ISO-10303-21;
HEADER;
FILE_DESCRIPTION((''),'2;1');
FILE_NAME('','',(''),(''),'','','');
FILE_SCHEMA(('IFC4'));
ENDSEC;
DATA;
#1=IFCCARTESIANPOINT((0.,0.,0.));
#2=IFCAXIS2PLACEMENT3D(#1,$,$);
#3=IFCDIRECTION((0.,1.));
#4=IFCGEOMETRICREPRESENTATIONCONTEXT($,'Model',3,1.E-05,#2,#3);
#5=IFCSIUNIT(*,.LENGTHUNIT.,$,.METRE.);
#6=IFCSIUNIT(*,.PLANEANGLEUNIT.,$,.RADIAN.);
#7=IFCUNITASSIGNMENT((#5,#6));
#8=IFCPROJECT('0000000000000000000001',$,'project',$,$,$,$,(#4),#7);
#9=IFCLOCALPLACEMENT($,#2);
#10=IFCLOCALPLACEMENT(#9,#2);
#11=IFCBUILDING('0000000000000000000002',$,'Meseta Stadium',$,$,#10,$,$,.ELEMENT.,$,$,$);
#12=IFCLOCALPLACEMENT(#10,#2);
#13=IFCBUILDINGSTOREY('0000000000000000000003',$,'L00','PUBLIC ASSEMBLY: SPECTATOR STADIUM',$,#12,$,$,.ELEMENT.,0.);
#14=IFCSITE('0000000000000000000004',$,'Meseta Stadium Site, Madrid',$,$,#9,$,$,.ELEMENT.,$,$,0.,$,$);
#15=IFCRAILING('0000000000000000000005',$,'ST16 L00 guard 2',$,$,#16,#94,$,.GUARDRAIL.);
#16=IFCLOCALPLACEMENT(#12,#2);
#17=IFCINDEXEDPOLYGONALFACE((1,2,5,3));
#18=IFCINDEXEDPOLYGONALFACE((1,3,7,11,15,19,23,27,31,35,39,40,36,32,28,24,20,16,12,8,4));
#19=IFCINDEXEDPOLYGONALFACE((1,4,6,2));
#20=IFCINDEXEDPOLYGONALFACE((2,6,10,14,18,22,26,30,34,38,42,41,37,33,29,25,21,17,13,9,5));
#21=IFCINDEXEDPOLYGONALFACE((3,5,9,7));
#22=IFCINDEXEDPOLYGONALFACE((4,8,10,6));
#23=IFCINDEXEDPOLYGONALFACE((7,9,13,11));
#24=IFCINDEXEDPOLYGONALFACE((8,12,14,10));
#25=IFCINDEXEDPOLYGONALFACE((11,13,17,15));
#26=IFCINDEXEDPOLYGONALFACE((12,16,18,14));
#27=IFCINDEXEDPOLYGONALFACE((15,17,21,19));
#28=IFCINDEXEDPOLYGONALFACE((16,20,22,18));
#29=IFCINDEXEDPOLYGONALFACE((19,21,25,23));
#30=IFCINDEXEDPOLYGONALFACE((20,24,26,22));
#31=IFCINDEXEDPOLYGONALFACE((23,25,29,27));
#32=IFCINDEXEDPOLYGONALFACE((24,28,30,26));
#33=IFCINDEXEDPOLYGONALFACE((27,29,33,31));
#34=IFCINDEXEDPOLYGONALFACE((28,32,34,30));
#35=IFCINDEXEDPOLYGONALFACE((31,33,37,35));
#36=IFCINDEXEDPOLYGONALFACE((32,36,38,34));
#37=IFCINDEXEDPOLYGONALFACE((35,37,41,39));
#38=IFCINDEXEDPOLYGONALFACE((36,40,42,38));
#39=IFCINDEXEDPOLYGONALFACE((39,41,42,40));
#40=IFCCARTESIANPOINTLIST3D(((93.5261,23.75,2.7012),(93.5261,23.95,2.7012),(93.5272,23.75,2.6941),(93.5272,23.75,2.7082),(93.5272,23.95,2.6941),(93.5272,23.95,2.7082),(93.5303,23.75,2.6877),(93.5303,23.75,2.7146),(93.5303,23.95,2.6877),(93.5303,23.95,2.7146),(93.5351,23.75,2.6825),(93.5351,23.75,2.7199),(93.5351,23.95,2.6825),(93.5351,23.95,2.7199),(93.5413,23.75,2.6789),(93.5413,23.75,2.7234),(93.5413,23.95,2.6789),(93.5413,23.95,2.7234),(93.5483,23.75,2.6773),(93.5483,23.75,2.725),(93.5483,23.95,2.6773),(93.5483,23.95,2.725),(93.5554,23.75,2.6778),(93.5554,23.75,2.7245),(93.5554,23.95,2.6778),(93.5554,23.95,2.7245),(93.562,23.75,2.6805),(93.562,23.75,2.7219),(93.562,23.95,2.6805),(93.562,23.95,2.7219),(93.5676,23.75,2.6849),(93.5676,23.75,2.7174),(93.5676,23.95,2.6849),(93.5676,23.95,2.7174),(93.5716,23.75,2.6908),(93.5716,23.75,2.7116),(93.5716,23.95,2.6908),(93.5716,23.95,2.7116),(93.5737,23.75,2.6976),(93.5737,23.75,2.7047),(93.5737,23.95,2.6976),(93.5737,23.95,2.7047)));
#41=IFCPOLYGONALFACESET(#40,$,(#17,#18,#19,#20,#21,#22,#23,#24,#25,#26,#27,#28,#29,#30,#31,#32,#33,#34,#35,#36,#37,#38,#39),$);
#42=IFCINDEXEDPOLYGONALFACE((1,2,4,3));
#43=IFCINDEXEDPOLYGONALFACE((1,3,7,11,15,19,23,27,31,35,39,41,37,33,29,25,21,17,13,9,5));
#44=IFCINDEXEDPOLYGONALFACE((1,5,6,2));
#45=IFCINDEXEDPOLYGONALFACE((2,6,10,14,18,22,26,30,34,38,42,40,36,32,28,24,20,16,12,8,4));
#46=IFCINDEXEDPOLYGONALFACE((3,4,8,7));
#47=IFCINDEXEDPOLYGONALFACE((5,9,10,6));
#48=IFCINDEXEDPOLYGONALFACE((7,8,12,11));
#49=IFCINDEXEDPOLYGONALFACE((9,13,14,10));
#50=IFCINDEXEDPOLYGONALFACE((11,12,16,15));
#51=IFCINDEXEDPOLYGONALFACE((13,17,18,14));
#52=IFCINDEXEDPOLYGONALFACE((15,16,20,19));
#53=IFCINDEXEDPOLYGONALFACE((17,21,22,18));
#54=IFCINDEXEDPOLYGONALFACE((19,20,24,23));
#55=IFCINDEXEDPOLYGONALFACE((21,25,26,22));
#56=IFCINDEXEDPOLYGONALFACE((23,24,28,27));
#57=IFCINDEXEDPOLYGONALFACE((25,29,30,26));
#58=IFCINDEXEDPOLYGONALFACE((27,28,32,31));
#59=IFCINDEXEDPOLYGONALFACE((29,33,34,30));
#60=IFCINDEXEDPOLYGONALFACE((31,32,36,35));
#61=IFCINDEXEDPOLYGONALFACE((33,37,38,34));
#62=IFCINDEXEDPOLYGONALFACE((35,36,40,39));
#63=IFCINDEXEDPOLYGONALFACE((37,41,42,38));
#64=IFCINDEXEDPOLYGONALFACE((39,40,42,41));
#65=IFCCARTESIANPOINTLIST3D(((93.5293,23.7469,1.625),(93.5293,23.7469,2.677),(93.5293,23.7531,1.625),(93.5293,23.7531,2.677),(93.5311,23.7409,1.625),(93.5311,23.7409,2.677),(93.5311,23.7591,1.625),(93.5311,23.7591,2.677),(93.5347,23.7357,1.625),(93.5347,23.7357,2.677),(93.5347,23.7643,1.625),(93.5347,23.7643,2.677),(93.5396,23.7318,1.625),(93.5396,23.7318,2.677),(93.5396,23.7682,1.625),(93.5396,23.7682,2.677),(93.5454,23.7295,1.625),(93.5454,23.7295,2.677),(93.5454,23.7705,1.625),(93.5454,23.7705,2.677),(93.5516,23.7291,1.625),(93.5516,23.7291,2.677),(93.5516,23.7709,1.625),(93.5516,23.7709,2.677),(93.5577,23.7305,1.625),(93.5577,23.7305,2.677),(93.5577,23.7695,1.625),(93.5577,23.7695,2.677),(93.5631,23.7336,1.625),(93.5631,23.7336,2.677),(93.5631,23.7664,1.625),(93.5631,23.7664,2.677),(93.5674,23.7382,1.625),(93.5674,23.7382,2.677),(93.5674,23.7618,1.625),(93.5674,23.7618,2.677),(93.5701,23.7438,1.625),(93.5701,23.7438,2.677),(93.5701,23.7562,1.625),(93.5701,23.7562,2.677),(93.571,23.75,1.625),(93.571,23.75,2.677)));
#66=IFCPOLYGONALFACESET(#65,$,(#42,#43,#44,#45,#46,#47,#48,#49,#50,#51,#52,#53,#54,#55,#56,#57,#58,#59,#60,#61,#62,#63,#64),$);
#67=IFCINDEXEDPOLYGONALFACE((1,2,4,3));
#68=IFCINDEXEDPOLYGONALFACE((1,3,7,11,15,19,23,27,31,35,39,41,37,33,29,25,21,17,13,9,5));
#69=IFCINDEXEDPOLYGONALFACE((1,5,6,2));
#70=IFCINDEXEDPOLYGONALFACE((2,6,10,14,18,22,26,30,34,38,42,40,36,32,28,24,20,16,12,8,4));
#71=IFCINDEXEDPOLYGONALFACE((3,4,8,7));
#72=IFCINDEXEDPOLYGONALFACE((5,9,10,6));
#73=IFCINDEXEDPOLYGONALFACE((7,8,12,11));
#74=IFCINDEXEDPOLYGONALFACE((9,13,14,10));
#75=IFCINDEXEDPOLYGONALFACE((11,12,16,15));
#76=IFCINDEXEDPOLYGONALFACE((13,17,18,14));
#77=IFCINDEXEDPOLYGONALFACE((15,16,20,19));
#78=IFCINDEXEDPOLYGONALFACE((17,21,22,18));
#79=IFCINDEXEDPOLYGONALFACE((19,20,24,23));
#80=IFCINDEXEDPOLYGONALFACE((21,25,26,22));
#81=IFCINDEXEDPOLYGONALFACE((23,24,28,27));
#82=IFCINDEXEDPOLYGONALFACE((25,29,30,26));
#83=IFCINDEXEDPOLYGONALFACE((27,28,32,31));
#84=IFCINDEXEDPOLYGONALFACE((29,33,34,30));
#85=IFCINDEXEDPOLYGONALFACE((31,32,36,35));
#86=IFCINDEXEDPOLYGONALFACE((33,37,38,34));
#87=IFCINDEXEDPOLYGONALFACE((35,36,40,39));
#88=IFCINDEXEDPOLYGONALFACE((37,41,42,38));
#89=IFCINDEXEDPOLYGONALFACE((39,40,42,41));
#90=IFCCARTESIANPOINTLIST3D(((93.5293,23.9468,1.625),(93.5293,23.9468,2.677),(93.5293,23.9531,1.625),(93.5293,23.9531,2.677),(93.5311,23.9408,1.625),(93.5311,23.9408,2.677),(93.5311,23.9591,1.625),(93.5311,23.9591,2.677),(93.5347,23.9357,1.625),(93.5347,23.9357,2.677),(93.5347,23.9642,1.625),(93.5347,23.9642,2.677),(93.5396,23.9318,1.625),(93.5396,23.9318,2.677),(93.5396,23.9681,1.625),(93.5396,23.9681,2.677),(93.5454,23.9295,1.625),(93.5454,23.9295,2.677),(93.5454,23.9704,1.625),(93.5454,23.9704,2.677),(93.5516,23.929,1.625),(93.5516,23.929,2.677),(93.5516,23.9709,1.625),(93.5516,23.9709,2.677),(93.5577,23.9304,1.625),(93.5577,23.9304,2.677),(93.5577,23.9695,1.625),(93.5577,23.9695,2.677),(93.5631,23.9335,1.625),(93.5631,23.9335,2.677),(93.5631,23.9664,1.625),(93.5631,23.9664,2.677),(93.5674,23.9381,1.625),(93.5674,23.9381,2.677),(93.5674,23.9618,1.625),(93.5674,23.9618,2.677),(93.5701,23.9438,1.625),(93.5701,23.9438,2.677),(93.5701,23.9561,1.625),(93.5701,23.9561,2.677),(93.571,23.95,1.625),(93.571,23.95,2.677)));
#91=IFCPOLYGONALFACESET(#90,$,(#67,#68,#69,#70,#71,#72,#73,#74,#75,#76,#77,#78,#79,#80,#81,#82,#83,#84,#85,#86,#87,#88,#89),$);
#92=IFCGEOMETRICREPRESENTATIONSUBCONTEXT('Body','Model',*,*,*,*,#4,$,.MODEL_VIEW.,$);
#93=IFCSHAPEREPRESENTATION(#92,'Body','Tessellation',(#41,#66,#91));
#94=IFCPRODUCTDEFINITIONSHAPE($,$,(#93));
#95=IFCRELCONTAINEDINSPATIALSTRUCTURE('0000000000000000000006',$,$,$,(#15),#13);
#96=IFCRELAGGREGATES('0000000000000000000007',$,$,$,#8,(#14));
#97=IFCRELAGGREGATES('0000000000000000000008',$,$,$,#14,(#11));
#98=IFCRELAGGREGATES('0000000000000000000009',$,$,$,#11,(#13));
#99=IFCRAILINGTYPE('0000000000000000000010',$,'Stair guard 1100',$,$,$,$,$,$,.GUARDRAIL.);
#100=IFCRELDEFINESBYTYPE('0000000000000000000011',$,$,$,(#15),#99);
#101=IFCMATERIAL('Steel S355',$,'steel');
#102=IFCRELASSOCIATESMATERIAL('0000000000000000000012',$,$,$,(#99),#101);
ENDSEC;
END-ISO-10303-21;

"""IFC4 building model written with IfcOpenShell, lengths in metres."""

from ifc_helpers import new_model, si_unit, direction, frame, origin, origin_2d, place, context, subcontext, project, spatial, circle, extrude, material, type_object, element, save


model = new_model("IFC4")

# Units and contexts
model_context = context("Model", 3, precision=1e-05, world=origin(), true_north=direction((0.0, 1.0)))
body_context = subcontext(model_context, "Body", "Model", "MODEL_VIEW")
ifc_project = project(units=[si_unit("LENGTHUNIT", "METRE"), si_unit("PLANEANGLEUNIT", "RADIAN")], contexts=[model_context])

# Site, building, storey
site_placement = place(None, origin())
site = spatial("IfcSite", under=ifc_project, at=site_placement, Name="Meseta Stadium Site, Madrid", CompositionType="ELEMENT", RefElevation=0.0)
building_placement = place(site_placement, origin())
building = spatial("IfcBuilding", under=site, at=building_placement, Name="Meseta Stadium", CompositionType="ELEMENT")
storey_placement = place(building_placement, origin())
storey = spatial("IfcBuildingStorey", under=building, at=storey_placement, Name="L00", Description="PUBLIC ASSEMBLY: SPECTATOR STADIUM", CompositionType="ELEMENT", Elevation=0.0)

# Railing
ifc_material_1 = material(Name="Steel S355", Category="steel")
railing_type_1 = type_object("IfcRailingType", Name="Stair guard 1100", PredefinedType="GUARDRAIL", material=ifc_material_1)
railing_1_placement = place(storey_placement, frame((93.55, 23.75, 1.625)))
element("IfcRailing", 1, at=railing_1_placement, inside=storey, type_object=railing_type_1, Name="ST16 L00 guard 2", PredefinedType="GUARDRAIL", context=body_context, shape_type="SweptSolid", body=[
    extrude(circle(Radius=0.0239, at=origin_2d()), frame((0.0, 0.0, 1.0762), z_axis=(0.0, 1.0, 0.0), x_axis=(-1.0, 0.0, 0.0)), (0.0, 0.0, 1.0), 0.2),
    extrude(circle(Radius=0.021, at=origin_2d()), origin(), (0.0, 0.0, 1.0), 1.052),
    extrude(circle(Radius=0.021, at=origin_2d()), frame((0.0, 0.2, 0.0)), (0.0, 0.0, 1.0), 1.052),
])

save(model, "model.ifc")
